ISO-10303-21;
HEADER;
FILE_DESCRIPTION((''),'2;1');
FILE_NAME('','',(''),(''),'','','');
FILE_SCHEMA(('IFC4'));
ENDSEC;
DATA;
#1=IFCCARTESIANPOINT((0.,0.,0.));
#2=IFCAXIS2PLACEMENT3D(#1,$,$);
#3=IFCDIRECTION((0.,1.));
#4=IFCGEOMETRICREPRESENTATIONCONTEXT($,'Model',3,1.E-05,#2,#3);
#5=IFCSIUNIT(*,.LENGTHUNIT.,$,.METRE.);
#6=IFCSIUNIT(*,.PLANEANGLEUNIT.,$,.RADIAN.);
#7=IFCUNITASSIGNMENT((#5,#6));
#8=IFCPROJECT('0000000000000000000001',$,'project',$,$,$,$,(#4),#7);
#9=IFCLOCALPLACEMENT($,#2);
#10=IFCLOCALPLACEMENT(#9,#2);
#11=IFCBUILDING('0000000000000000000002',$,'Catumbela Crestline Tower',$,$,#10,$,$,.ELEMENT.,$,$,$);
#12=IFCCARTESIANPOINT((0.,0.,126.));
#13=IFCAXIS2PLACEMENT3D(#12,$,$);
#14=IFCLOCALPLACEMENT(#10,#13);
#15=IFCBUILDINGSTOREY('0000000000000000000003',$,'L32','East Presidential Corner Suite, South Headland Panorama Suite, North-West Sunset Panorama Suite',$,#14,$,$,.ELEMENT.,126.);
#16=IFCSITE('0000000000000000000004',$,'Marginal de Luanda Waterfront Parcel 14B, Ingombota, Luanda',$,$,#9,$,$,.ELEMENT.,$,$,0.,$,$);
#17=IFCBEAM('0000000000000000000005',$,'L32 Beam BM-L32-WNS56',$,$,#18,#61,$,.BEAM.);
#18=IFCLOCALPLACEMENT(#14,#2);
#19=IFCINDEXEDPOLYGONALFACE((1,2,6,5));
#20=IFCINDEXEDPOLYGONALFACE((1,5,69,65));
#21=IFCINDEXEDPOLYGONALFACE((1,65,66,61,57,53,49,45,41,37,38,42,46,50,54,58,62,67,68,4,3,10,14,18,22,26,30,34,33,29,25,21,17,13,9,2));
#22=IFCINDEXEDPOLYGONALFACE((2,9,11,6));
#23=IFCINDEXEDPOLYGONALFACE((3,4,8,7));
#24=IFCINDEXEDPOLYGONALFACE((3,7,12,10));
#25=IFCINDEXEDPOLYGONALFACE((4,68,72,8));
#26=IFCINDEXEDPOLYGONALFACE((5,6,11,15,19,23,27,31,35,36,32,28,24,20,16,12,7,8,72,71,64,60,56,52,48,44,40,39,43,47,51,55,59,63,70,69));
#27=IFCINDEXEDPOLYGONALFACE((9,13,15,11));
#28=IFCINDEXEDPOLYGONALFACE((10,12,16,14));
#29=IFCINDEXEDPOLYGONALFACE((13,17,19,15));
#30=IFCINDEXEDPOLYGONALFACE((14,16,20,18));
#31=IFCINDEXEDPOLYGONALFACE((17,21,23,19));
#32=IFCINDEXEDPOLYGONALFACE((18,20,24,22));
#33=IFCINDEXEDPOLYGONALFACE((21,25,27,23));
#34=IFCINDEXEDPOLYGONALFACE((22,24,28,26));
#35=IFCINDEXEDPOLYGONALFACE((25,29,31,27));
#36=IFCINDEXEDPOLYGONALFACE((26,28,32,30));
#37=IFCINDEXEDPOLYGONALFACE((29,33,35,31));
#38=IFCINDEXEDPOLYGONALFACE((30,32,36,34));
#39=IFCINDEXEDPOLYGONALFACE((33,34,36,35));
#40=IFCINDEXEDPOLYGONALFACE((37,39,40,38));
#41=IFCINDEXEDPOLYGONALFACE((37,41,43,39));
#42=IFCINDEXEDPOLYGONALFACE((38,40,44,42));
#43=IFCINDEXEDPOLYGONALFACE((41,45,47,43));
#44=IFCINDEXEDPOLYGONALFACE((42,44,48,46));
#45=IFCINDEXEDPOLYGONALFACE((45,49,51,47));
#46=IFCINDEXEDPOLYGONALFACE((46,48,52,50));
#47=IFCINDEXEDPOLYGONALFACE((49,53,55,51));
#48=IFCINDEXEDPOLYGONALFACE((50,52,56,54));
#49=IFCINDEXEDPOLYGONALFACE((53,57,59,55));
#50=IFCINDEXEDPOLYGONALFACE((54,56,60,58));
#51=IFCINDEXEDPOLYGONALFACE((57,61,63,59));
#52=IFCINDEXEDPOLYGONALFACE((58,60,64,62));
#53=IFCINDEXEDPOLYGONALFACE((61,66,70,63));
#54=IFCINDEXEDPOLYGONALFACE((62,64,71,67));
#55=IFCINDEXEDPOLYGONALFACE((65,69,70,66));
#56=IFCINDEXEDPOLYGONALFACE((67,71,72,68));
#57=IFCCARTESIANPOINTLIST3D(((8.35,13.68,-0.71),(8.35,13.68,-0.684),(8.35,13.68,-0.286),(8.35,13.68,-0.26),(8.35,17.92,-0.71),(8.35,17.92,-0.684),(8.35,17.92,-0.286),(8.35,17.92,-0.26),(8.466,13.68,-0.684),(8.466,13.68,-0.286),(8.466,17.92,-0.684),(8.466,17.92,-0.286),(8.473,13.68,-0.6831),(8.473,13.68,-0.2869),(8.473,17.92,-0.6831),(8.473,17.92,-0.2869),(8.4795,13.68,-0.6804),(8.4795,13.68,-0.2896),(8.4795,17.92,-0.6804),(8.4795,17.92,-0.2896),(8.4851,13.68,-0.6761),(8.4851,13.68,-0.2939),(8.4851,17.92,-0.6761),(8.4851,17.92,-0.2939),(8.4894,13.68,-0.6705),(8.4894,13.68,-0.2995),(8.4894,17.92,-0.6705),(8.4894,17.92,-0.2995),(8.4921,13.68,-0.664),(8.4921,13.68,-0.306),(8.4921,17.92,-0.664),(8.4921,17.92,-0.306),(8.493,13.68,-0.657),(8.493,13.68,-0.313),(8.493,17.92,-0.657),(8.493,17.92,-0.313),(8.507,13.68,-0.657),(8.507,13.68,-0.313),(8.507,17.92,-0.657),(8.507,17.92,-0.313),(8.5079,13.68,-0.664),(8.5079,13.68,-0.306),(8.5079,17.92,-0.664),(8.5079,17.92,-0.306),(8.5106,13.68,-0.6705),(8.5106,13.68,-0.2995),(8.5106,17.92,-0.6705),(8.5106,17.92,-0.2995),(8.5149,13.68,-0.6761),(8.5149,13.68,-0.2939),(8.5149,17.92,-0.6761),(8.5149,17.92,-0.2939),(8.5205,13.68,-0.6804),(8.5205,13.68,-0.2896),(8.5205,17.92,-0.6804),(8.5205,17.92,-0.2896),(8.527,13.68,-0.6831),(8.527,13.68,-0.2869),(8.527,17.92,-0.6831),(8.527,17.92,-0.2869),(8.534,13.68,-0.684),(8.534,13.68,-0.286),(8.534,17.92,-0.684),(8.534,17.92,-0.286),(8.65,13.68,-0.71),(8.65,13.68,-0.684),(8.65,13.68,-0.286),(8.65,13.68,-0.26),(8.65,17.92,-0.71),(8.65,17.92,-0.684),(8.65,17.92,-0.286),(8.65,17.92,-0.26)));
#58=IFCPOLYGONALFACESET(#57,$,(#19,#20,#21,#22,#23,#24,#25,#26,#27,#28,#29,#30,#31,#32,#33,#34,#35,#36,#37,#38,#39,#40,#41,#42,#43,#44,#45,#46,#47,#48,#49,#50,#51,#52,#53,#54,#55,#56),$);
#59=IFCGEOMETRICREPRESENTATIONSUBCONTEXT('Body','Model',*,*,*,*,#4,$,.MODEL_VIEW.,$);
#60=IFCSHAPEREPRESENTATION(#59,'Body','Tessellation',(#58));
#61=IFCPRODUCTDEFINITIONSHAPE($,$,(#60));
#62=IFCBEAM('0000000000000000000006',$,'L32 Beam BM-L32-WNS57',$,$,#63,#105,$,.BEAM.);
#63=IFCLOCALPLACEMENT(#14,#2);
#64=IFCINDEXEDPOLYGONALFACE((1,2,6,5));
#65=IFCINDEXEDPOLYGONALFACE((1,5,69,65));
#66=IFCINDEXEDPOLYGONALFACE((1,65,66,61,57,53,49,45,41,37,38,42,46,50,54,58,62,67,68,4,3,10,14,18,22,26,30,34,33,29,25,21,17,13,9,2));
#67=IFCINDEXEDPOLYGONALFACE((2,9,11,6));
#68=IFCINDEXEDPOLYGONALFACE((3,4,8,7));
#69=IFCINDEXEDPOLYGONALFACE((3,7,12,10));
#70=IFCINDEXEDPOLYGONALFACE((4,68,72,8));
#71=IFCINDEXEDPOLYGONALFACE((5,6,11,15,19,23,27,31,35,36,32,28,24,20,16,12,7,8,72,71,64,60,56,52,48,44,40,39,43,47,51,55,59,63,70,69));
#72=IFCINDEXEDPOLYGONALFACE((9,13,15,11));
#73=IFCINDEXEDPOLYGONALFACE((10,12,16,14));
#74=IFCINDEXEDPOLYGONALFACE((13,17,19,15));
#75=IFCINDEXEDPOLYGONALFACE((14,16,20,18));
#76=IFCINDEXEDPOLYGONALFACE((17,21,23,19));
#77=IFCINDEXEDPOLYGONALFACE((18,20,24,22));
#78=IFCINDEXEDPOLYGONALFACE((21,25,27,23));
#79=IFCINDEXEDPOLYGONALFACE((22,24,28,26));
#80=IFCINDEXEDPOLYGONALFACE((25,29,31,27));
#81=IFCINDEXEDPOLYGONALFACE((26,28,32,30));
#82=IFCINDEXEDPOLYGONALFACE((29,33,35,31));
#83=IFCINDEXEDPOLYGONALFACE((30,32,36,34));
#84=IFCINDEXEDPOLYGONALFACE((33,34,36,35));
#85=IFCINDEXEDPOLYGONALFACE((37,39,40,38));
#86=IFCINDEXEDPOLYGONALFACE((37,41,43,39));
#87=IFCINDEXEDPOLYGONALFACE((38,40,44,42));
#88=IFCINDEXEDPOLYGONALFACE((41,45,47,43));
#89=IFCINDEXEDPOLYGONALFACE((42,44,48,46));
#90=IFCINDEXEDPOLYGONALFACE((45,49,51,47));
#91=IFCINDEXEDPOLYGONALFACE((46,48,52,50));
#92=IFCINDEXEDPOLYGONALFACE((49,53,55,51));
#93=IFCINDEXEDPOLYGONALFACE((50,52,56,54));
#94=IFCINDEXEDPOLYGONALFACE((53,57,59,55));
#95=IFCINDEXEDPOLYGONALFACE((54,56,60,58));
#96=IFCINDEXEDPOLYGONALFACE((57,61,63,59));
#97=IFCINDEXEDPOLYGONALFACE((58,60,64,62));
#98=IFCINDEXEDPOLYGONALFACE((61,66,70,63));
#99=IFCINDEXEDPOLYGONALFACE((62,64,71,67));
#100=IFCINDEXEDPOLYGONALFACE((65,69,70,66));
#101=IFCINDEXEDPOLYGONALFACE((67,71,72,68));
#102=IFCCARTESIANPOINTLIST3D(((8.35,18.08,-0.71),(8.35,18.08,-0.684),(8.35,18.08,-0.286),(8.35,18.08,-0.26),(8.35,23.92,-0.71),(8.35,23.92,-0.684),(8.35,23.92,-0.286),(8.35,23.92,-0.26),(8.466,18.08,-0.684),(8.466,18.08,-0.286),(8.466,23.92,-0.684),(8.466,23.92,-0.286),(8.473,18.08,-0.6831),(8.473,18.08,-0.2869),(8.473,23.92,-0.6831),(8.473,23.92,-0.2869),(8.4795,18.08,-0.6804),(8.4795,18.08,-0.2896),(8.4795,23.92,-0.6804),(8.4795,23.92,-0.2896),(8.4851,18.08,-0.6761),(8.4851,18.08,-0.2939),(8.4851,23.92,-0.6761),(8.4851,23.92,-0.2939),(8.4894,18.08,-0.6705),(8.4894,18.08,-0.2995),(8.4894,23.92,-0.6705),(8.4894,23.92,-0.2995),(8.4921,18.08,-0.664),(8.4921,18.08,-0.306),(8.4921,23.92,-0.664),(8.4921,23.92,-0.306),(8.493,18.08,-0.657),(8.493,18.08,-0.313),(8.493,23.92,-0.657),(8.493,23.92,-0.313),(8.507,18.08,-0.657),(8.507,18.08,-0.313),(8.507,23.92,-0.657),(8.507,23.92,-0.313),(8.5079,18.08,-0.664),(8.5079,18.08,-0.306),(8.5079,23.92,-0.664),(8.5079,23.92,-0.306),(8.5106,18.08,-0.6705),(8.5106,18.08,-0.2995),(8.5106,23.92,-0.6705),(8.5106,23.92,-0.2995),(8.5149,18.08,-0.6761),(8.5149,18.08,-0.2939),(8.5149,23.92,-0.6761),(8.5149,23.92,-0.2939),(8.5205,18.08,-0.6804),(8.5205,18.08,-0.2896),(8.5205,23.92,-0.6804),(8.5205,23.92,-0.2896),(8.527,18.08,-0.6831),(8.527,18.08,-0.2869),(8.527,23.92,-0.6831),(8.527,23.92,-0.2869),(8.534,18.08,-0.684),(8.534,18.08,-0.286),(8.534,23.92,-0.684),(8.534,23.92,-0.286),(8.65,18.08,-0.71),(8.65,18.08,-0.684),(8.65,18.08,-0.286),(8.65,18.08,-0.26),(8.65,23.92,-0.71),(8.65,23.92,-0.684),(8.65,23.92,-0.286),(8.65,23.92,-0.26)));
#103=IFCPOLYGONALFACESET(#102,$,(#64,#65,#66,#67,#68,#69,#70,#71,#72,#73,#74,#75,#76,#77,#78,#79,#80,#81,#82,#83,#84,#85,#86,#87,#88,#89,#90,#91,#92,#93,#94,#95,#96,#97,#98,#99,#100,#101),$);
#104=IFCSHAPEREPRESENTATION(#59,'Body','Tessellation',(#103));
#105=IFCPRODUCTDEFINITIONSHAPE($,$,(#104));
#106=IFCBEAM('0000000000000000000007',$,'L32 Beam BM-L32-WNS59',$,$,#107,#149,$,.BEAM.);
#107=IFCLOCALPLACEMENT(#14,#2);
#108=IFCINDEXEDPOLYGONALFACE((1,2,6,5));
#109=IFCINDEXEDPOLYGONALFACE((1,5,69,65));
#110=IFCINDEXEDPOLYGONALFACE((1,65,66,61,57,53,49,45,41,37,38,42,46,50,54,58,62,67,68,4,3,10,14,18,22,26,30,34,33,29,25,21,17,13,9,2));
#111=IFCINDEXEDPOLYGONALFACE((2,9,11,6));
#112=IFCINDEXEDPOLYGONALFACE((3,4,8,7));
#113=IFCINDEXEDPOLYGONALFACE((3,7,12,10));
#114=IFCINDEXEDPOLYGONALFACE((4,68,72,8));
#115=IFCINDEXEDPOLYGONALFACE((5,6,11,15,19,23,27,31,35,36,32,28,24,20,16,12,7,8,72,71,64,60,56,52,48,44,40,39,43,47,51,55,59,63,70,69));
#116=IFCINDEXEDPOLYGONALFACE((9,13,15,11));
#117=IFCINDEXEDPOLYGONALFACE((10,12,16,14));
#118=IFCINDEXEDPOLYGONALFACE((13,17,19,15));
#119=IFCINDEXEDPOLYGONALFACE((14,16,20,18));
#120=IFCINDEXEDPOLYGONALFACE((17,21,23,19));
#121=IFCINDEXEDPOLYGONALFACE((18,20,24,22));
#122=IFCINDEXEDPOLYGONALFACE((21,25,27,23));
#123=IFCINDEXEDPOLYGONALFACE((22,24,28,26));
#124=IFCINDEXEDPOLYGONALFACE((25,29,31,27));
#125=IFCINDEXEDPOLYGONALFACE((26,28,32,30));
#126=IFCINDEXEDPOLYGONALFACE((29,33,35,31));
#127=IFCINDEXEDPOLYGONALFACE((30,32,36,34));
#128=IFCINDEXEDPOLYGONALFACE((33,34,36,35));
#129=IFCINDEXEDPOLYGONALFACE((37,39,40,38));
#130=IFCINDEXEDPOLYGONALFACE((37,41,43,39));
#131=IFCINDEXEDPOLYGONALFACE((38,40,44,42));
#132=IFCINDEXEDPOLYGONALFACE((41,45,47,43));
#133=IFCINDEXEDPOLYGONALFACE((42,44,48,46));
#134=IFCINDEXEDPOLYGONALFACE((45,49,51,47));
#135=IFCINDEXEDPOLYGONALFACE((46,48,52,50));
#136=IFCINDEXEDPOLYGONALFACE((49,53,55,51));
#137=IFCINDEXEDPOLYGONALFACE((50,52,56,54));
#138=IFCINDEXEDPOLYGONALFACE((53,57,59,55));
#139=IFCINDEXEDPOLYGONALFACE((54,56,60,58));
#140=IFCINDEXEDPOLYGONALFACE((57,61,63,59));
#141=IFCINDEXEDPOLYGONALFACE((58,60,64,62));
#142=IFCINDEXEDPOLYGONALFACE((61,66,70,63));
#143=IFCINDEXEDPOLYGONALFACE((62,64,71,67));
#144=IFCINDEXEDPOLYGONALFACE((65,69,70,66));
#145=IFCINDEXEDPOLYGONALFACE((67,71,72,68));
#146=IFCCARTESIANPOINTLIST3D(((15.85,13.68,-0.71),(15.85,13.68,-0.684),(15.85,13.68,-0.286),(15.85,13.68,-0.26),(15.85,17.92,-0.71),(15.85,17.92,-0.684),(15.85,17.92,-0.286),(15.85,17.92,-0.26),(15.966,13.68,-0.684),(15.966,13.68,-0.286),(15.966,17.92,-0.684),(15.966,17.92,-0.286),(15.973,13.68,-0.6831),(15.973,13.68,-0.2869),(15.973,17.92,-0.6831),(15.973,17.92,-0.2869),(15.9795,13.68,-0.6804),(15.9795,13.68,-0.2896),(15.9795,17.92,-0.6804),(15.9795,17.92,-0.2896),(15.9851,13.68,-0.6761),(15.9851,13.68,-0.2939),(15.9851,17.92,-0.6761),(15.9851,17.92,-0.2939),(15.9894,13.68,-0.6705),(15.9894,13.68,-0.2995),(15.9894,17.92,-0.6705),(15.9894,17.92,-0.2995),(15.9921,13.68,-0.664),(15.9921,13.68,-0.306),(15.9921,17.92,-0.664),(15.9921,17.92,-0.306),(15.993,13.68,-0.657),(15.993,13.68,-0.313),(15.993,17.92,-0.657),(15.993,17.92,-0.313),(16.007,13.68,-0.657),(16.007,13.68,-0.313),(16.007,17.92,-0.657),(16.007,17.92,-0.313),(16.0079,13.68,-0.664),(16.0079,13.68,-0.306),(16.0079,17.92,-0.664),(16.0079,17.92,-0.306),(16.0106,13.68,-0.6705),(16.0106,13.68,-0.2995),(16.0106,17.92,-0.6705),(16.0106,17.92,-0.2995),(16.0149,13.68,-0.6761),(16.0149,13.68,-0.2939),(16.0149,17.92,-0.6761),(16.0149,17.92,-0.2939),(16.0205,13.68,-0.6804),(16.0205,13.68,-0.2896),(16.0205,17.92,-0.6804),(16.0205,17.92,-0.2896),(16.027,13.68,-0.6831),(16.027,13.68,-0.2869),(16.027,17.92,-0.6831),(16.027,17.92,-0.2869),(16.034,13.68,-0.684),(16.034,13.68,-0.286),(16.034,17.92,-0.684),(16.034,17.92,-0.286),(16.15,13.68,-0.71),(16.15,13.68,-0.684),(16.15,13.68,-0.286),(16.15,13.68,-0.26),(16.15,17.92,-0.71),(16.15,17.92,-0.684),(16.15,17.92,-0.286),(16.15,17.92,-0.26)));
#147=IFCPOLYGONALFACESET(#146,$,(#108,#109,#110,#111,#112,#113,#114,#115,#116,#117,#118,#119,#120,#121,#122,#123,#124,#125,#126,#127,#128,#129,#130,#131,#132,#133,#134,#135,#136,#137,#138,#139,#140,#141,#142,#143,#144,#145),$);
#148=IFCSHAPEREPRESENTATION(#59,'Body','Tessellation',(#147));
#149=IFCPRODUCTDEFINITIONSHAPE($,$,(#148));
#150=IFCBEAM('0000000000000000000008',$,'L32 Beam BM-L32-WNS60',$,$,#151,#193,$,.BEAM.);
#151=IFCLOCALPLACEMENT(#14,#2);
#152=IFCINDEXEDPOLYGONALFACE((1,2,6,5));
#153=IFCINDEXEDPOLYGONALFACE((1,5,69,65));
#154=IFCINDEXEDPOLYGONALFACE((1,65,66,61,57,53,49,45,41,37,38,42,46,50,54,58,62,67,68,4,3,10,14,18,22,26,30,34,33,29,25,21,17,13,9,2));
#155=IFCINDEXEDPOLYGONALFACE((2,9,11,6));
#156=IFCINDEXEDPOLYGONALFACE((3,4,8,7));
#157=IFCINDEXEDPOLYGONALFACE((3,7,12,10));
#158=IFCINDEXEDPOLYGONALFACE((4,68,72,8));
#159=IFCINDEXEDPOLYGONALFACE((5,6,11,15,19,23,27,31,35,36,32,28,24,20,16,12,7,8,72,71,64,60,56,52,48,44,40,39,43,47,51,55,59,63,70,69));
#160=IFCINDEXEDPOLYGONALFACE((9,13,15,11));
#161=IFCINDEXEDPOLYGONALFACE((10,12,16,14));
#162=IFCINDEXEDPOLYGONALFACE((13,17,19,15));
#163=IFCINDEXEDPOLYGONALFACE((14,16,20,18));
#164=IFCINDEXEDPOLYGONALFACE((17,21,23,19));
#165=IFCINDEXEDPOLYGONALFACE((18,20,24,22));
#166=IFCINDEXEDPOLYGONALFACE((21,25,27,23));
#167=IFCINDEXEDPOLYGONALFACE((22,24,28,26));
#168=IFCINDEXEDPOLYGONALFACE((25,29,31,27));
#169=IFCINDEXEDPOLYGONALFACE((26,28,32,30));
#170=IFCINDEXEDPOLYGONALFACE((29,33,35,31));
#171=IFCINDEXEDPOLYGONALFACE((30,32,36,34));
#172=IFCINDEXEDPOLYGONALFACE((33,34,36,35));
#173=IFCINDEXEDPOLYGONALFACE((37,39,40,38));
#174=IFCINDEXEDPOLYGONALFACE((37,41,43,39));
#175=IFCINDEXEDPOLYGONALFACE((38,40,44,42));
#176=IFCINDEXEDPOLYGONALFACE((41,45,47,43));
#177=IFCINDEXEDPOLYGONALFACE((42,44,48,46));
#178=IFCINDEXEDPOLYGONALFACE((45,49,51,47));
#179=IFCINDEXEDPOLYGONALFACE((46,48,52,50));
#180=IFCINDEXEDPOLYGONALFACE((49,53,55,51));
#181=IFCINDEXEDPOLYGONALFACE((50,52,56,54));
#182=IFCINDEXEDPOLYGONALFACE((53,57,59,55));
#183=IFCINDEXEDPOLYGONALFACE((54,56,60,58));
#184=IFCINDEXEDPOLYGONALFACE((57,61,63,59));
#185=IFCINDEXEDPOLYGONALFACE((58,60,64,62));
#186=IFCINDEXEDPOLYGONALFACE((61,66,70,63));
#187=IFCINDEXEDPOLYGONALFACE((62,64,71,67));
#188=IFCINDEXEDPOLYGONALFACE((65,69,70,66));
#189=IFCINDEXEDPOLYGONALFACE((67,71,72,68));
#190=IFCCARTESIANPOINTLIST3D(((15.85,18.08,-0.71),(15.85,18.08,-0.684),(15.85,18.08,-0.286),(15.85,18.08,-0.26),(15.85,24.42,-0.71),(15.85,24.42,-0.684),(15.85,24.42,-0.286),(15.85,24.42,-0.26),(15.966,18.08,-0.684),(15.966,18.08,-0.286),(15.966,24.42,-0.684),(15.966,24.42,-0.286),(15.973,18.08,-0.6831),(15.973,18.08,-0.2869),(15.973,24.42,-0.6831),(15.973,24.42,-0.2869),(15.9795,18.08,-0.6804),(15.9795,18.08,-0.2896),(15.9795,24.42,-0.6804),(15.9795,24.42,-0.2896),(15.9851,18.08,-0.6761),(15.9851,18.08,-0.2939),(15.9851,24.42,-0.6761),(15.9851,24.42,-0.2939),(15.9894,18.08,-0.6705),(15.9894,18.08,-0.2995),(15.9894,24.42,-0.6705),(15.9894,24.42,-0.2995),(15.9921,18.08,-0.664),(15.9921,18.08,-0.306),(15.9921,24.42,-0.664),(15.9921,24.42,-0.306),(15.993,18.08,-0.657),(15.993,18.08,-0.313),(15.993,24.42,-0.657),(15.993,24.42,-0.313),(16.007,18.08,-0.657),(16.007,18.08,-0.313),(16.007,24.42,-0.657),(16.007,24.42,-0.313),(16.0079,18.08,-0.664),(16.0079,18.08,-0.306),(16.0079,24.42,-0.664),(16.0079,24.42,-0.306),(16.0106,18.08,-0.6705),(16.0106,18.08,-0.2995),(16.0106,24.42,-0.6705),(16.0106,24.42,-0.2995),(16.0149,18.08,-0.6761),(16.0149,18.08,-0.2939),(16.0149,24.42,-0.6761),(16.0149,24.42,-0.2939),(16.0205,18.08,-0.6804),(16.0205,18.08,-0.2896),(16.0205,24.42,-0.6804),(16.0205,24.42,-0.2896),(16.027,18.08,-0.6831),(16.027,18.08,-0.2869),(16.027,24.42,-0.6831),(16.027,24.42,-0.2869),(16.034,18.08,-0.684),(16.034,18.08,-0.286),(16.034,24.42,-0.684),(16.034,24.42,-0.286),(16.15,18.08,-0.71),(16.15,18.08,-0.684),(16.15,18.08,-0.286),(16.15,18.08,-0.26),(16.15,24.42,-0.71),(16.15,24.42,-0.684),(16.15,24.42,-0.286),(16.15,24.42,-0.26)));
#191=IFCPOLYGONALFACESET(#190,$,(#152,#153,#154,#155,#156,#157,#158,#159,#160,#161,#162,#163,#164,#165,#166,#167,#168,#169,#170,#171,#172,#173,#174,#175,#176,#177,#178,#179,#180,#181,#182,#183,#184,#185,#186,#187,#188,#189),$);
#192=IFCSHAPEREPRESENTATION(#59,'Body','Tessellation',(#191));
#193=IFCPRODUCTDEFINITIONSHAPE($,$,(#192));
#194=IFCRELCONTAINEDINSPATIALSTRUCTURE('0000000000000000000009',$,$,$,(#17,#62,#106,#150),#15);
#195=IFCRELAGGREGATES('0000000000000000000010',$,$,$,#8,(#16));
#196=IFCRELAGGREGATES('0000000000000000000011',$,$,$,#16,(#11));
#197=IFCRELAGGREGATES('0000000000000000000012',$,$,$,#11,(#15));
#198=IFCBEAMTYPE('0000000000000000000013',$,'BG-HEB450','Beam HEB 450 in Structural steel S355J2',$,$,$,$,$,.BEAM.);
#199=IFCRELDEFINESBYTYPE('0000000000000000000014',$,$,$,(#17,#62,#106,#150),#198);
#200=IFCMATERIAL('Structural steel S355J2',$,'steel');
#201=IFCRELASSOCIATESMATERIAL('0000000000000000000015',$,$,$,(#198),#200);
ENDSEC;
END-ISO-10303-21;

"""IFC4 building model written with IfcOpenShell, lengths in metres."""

from ifc_helpers import new_model, si_unit, direction, frame, origin, origin_2d, place, context, subcontext, project, spatial, i_section, extrude, material, material_profile, profile_set, type_object, element, save


model = new_model("IFC4")

# Units and contexts
model_context = context("Model", 3, precision=1e-05, world=origin(), true_north=direction((0.0, 1.0)))
body_context = subcontext(model_context, "Body", "Model", "MODEL_VIEW")
ifc_project = project(units=[si_unit("LENGTHUNIT", "METRE"), si_unit("PLANEANGLEUNIT", "RADIAN")], contexts=[model_context])

# Site, building, storey
site_placement = place(None, origin())
site = spatial("IfcSite", under=ifc_project, at=site_placement, Name="Marginal de Luanda Waterfront Parcel 14B, Ingombota, Luanda", CompositionType="ELEMENT", RefElevation=0.0)
building_placement = place(site_placement, origin())
building = spatial("IfcBuilding", under=site, at=building_placement, Name="Catumbela Crestline Tower", CompositionType="ELEMENT")
storey_placement = place(building_placement, frame((0.0, 0.0, 126.0)))
storey = spatial("IfcBuildingStorey", under=building, at=storey_placement, Name="L32", Description="East Presidential Corner Suite, South Headland Panorama Suite, North-West Sunset Panorama Suite", CompositionType="ELEMENT", Elevation=126.0)

# Beams
ifc_material_1 = material(Name="Structural steel S355J2", Category="steel")
ifc_material_profile_1 = material_profile(ifc_material_1, i_section(OverallWidth=0.3, OverallDepth=0.45, WebThickness=0.014, FlangeThickness=0.026, FilletRadius=0.027, at=origin_2d()), Name="HEB 450")
ifc_profile_set_1 = profile_set([ifc_material_profile_1], Name="Structural steel S355J2")
beam_type_1 = type_object("IfcBeamType", Name="BG-HEB450", Description="Beam HEB 450 in Structural steel S355J2", PredefinedType="BEAM", material=ifc_profile_set_1)
beam_1_placement = place(storey_placement, frame((8.5, 13.68, -0.485), z_axis=(0.0, 1.0, 0.0), x_axis=(-1.0, 0.0, 0.0)))
element("IfcBeam", 1, at=beam_1_placement, inside=storey, type_object=beam_type_1, Name="L32 Beam BM-L32-WNS56", PredefinedType="BEAM", context=body_context, shape_type="SweptSolid", body=[
    extrude(i_section(OverallWidth=0.3, OverallDepth=0.45, WebThickness=0.014, FlangeThickness=0.026, FilletRadius=0.027, at=origin_2d()), origin(), (0.0, 0.0, 1.0), 4.24),
])
beam_2_placement = place(storey_placement, frame((8.5, 18.08, -0.485), z_axis=(0.0, 1.0, 0.0), x_axis=(-1.0, 0.0, 0.0)))
element("IfcBeam", 2, at=beam_2_placement, inside=storey, type_object=beam_type_1, Name="L32 Beam BM-L32-WNS57", PredefinedType="BEAM", context=body_context, shape_type="SweptSolid", body=[
    extrude(i_section(OverallWidth=0.3, OverallDepth=0.45, WebThickness=0.014, FlangeThickness=0.026, FilletRadius=0.027, at=origin_2d()), origin(), (0.0, 0.0, 1.0), 5.84),
])
beam_3_placement = place(storey_placement, frame((16.0, 13.68, -0.485), z_axis=(0.0, 1.0, 0.0), x_axis=(-1.0, 0.0, 0.0)))
element("IfcBeam", 3, at=beam_3_placement, inside=storey, type_object=beam_type_1, Name="L32 Beam BM-L32-WNS59", PredefinedType="BEAM", context=body_context, shape_type="SweptSolid", body=[
    extrude(i_section(OverallWidth=0.3, OverallDepth=0.45, WebThickness=0.014, FlangeThickness=0.026, FilletRadius=0.027, at=origin_2d()), origin(), (0.0, 0.0, 1.0), 4.24),
])
beam_4_placement = place(storey_placement, frame((16.0, 18.08, -0.485), z_axis=(0.0, 1.0, 0.0), x_axis=(-1.0, 0.0, 0.0)))
element("IfcBeam", 4, at=beam_4_placement, inside=storey, type_object=beam_type_1, Name="L32 Beam BM-L32-WNS60", PredefinedType="BEAM", context=body_context, shape_type="SweptSolid", body=[
    extrude(i_section(OverallWidth=0.3, OverallDepth=0.45, WebThickness=0.014, FlangeThickness=0.026, FilletRadius=0.027, at=origin_2d()), origin(), (0.0, 0.0, 1.0), 6.34),
])

save(model, "model.ifc")
